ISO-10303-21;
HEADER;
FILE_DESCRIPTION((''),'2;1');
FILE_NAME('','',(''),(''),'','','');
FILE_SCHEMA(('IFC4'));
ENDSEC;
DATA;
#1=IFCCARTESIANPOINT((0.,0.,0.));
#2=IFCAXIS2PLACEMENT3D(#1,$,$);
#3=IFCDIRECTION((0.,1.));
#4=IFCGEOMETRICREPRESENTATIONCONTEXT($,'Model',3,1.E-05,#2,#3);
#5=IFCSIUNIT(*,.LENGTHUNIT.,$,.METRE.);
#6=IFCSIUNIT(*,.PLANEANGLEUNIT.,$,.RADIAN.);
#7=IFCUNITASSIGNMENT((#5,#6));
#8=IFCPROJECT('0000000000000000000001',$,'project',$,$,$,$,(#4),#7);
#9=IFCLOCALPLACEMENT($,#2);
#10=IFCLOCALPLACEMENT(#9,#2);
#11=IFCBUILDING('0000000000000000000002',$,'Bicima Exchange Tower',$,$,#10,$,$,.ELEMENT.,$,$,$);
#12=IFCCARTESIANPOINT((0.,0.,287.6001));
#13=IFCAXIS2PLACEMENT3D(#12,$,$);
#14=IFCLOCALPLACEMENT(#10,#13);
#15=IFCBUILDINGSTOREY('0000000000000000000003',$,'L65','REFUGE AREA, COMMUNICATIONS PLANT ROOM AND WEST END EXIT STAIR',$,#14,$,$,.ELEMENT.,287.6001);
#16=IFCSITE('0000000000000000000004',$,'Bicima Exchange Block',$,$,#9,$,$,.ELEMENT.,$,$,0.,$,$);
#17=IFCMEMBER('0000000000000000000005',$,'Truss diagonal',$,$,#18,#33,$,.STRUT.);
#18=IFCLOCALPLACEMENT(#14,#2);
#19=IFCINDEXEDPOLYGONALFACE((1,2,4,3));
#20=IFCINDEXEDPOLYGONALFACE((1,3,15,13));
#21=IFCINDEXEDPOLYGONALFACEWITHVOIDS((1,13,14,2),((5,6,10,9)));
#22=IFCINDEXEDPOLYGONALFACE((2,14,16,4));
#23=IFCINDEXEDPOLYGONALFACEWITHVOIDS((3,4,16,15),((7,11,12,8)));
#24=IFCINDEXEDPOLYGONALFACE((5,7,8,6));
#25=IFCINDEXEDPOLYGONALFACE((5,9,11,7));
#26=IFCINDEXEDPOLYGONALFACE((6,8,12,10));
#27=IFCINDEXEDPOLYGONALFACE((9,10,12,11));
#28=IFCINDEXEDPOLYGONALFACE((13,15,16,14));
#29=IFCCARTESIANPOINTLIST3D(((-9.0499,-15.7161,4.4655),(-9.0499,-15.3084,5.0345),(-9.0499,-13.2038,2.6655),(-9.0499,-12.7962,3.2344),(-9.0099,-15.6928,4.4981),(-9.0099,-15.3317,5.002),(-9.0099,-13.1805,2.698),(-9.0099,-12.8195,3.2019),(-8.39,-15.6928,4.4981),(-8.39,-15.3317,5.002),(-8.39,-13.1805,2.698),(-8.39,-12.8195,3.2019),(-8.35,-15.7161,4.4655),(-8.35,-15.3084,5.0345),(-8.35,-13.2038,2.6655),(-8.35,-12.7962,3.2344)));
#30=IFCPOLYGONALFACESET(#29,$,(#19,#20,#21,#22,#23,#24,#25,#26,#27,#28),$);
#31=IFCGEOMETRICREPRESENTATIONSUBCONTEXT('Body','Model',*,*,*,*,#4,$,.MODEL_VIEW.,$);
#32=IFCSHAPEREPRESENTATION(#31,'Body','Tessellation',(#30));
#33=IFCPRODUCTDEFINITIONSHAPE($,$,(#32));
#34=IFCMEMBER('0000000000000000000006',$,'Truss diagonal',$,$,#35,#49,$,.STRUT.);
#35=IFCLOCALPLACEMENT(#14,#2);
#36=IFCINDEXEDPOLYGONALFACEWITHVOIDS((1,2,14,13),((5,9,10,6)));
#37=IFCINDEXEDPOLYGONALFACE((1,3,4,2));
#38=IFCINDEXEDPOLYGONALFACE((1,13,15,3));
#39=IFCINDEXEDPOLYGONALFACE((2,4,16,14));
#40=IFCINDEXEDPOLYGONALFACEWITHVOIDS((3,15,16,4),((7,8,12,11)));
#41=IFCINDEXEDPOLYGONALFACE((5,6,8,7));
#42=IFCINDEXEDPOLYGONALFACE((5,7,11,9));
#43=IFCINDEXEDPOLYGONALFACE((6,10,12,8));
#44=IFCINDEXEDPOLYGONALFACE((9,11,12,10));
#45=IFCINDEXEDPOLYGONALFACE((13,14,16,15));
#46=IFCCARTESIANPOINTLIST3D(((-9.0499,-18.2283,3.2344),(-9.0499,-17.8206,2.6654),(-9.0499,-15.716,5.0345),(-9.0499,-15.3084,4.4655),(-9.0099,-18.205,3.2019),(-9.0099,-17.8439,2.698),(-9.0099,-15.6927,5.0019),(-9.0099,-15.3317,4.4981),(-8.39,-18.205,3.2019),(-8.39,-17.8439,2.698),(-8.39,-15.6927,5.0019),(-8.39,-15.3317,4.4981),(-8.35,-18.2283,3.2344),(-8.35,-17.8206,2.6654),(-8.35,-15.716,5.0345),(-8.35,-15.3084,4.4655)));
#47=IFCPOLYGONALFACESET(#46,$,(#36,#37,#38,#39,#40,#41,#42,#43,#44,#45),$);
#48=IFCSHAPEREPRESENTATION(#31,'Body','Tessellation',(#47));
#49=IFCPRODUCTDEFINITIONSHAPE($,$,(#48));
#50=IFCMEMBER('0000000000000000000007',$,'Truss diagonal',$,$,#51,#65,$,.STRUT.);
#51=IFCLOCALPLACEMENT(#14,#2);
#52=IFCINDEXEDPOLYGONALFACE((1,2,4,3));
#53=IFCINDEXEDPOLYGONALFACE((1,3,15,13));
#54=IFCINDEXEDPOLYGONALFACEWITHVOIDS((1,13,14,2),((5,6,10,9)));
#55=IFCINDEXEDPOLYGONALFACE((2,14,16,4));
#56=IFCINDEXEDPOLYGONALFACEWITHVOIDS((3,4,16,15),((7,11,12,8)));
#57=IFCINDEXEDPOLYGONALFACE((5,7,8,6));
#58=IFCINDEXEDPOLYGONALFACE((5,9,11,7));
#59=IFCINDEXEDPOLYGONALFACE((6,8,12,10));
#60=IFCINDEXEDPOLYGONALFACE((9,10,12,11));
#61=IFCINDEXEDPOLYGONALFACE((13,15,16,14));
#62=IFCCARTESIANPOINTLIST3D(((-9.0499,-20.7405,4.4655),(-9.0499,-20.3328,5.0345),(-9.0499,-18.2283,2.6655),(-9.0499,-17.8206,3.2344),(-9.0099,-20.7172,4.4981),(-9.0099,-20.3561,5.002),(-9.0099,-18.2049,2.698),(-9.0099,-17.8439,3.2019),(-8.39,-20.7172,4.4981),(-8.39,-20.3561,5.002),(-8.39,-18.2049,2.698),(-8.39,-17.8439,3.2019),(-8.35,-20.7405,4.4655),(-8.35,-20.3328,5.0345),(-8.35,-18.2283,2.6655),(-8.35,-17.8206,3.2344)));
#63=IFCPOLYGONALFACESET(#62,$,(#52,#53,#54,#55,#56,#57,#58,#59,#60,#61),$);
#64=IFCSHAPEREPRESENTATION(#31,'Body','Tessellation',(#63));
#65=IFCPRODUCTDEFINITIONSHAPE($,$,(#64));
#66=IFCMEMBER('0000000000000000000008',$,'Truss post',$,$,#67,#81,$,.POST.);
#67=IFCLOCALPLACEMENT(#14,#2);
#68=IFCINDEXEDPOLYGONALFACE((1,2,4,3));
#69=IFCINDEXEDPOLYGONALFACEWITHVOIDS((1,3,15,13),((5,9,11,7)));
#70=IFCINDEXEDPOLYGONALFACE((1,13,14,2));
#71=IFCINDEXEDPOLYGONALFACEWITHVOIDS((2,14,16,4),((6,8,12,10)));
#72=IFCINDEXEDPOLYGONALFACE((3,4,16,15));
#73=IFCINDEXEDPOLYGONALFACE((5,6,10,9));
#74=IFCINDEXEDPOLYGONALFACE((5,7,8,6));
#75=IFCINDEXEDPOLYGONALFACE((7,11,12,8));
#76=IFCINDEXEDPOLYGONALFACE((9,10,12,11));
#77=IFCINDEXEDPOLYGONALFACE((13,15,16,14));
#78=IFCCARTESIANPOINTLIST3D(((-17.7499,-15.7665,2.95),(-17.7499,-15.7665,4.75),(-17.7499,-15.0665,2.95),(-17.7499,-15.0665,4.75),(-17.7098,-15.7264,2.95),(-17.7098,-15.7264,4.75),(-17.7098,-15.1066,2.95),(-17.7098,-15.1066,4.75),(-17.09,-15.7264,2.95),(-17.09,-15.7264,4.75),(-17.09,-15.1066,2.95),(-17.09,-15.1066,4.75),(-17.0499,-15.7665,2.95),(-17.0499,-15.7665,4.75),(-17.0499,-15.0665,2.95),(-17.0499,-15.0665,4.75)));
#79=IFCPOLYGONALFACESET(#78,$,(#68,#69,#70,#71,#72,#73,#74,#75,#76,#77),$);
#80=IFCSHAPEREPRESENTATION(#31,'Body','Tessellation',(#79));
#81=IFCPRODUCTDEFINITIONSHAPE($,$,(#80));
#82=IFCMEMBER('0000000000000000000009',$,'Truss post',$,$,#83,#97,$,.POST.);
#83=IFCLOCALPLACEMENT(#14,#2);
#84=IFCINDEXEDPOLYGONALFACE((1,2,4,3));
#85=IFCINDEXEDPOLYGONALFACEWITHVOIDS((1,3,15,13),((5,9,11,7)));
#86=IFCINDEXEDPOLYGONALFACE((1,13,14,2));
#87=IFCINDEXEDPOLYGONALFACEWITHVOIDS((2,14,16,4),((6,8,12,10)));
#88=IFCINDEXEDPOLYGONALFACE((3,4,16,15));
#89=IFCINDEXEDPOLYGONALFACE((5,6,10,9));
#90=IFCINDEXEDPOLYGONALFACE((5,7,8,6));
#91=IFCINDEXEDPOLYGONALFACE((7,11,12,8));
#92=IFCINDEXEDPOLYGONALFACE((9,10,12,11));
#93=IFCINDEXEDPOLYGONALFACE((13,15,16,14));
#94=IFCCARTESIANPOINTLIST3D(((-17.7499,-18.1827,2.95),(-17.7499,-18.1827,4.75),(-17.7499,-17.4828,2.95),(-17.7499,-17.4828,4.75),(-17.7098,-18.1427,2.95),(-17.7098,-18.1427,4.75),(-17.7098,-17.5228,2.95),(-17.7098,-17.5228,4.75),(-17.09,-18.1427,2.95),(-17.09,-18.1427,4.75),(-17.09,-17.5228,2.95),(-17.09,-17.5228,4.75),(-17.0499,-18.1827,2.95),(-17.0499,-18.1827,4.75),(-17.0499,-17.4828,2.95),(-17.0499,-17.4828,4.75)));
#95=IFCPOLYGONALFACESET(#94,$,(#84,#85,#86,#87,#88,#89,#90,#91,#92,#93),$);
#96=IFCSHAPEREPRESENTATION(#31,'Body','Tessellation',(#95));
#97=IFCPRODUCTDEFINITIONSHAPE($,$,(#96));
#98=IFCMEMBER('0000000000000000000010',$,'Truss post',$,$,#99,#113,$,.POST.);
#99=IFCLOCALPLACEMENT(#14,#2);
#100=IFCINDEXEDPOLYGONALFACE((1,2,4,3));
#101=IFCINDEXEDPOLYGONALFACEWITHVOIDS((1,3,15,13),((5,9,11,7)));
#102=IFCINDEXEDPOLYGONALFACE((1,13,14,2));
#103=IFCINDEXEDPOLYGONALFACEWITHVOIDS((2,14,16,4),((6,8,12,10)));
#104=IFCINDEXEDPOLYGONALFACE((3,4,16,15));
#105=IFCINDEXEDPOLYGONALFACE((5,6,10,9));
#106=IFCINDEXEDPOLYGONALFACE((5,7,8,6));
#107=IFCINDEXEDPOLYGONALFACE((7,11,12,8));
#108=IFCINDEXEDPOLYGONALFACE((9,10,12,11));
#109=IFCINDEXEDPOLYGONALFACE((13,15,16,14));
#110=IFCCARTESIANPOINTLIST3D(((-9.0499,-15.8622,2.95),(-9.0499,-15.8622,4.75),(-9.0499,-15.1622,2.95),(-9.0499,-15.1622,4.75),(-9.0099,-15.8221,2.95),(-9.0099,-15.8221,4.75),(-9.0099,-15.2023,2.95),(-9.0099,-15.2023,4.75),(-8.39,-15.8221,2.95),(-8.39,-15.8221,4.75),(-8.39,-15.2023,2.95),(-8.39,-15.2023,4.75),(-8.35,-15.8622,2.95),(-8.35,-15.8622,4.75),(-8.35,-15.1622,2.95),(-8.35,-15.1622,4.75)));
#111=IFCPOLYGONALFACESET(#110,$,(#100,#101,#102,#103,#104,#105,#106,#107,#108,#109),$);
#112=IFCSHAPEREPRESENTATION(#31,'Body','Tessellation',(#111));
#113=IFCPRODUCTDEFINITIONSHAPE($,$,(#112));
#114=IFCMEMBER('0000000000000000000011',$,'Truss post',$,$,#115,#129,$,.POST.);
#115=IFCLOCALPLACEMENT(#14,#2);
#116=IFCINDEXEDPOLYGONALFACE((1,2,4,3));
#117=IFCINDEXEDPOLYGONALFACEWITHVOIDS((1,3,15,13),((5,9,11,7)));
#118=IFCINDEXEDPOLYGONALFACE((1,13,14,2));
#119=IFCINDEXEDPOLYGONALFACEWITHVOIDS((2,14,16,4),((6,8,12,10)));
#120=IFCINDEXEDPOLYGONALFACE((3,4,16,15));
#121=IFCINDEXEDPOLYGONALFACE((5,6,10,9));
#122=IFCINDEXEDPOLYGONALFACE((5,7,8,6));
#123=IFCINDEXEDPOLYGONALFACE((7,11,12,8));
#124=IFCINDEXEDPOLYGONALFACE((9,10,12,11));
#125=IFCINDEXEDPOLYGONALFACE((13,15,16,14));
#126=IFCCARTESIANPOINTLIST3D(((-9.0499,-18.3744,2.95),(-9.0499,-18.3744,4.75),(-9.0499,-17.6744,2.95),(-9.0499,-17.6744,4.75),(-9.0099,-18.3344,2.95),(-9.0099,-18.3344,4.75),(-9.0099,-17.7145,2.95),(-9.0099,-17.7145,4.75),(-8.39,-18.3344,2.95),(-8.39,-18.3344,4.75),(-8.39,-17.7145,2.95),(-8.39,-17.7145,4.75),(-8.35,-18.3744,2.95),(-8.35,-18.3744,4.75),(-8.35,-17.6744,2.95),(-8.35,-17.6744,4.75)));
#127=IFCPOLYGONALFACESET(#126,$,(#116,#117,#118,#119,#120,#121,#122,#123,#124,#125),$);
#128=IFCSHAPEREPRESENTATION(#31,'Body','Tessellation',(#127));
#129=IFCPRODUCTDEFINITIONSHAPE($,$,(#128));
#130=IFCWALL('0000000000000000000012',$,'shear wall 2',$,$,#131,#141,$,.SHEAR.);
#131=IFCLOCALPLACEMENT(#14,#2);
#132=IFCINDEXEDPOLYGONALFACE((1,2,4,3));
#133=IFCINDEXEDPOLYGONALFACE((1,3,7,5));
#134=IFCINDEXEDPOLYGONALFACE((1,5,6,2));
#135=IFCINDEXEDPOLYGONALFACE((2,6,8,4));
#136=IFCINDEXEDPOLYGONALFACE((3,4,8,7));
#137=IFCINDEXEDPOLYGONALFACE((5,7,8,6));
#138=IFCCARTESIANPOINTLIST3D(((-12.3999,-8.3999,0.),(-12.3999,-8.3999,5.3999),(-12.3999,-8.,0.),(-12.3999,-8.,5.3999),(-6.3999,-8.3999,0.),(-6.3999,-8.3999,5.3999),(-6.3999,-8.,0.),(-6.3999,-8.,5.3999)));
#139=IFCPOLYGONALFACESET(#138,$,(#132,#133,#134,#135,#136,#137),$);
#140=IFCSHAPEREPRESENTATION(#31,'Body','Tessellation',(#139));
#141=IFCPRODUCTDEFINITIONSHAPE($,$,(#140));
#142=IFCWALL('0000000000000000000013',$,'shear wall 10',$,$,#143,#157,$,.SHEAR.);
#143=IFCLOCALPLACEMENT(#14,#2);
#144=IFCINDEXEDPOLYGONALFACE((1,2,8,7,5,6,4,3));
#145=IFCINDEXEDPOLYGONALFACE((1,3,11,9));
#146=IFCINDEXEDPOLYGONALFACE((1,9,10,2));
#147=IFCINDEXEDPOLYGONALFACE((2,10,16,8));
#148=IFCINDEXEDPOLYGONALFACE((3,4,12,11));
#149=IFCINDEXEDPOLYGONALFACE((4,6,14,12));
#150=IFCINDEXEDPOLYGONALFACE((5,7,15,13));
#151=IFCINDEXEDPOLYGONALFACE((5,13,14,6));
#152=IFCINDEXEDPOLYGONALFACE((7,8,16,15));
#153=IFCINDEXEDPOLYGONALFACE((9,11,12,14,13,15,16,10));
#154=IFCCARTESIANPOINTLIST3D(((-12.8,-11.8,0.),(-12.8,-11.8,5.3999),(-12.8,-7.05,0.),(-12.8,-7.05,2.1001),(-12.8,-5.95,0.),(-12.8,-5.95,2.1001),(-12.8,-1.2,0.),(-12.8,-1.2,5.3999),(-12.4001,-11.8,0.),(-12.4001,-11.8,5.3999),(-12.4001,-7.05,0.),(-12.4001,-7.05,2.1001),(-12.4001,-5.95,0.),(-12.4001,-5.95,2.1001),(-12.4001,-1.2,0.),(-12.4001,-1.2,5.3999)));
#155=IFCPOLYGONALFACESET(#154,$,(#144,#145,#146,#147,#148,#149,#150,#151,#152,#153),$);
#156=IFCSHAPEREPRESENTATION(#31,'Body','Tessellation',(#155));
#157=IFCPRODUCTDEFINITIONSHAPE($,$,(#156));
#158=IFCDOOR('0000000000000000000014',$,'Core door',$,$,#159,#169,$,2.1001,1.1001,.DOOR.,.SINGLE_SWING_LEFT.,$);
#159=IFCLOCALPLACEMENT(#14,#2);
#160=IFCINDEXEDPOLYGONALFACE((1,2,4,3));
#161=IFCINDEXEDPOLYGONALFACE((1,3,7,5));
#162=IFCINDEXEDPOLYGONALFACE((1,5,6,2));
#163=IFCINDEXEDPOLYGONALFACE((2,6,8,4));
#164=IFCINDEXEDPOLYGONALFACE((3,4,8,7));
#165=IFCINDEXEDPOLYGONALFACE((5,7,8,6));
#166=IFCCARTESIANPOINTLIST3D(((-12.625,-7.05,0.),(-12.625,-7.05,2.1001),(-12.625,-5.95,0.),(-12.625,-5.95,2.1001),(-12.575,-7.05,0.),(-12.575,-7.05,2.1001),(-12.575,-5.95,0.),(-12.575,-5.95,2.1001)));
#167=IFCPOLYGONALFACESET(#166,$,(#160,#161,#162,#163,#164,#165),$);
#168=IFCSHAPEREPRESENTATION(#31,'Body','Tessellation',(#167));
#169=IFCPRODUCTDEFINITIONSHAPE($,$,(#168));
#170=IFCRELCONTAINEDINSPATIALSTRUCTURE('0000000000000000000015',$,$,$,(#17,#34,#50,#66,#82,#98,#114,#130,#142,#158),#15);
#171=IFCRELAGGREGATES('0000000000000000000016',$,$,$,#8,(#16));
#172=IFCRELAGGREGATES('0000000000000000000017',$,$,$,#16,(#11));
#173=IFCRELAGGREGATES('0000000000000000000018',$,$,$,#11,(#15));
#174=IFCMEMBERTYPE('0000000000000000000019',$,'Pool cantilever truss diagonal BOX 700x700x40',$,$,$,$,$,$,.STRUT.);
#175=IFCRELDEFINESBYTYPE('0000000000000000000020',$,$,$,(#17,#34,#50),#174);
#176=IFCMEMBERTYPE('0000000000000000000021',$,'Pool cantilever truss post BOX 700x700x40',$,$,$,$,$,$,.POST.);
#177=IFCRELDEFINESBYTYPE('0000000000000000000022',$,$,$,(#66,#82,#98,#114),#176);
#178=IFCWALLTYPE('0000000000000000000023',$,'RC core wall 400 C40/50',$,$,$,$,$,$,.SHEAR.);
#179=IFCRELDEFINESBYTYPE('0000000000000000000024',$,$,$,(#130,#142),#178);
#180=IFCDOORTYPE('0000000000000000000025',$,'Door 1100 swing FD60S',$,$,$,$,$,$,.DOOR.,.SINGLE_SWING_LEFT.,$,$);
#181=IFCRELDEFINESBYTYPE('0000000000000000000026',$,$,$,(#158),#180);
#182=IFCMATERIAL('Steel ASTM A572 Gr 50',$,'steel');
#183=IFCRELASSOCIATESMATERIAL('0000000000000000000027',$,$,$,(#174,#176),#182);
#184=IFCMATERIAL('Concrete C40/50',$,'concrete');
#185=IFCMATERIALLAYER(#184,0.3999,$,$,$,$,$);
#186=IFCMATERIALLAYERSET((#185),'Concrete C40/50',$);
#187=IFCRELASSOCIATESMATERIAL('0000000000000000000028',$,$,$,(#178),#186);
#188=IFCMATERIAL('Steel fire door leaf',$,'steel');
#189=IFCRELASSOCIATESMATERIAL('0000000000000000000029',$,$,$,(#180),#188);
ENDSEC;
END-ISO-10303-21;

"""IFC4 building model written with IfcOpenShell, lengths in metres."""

from ifc_helpers import new_model, si_unit, direction, frame, frame_2d, origin, origin_2d, place, context, subcontext, project, spatial, rectangle, hollow_rectangle, extrude, material, layer, layer_set, material_profile, profile_set, type_object, element, fill, save


model = new_model("IFC4")

# Units and contexts
model_context = context("Model", 3, precision=1e-05, world=origin(), true_north=direction((0.0, 1.0)))
body_context = subcontext(model_context, "Body", "Model", "MODEL_VIEW")
ifc_project = project(units=[si_unit("LENGTHUNIT", "METRE"), si_unit("PLANEANGLEUNIT", "RADIAN")], contexts=[model_context])

# Site, building, storey
site_placement = place(None, origin())
site = spatial("IfcSite", under=ifc_project, at=site_placement, Name="Bicima Exchange Block", CompositionType="ELEMENT", RefElevation=0.0)
building_placement = place(site_placement, origin())
building = spatial("IfcBuilding", under=site, at=building_placement, Name="Bicima Exchange Tower", CompositionType="ELEMENT")
storey_placement = place(building_placement, frame((0.0, 0.0, 287.6001)))
storey = spatial("IfcBuildingStorey", under=building, at=storey_placement, Name="L65", Description="REFUGE AREA, COMMUNICATIONS PLANT ROOM AND WEST END EXIT STAIR", CompositionType="ELEMENT", Elevation=287.6001)

# Members
ifc_material_1 = material(Name="Steel ASTM A572 Gr 50", Category="steel")
ifc_material_profile_1 = material_profile(ifc_material_1, hollow_rectangle(XDim=0.7, YDim=0.7, WallThickness=0.04, at=origin_2d()))
ifc_profile_set_1 = profile_set([ifc_material_profile_1], Name="Steel ASTM A572 Gr 50")
member_type_1 = type_object("IfcMemberType", Name="Pool cantilever truss diagonal BOX 700x700x40", PredefinedType="STRUT", material=ifc_profile_set_1)
for number, where, z_axis, x_axis, name in (
    (1, (-8.7, -13.0, 2.95), (0.0, -0.812873, 0.582441), (1.0, 0.0, 0.0), "Truss diagonal"),
    (2, (-8.7, -15.5122, 4.75), (0.0, -0.812873, -0.582441), (1.0, 0.0, 0.0), "Truss diagonal"),
    (3, (-8.7, -18.0244, 2.95), (0.0, -0.812873, 0.582441), (1.0, 0.0, 0.0), "Truss diagonal"),
):
    element("IfcMember", number, at=place(storey_placement, frame(where, z_axis=z_axis, x_axis=x_axis)), inside=storey, type_object=member_type_1, Name=name, PredefinedType="STRUT", context=body_context, shape_type="SweptSolid", body=[
        extrude(hollow_rectangle(XDim=0.7, YDim=0.7, WallThickness=0.04, at=origin_2d()), origin(), (0.0, 0.0, 1.0), 3.0906),
    ])
member_type_2 = type_object("IfcMemberType", Name="Pool cantilever truss post BOX 700x700x40", PredefinedType="POST", material=ifc_profile_set_1)
for number, where, z_axis, x_axis, name in (
    (4, (-17.3999, -15.4165, 2.95), (0.0, 0.0, 1.0), (1.0, 0.0, 0.0), "Truss post"),
    (5, (-17.3999, -17.8328, 2.95), (0.0, 0.0, 1.0), (1.0, 0.0, 0.0), "Truss post"),
    (6, (-8.7, -15.5122, 2.95), (0.0, 0.0, 1.0), (1.0, 0.0, 0.0), "Truss post"),
    (7, (-8.7, -18.0244, 2.95), (0.0, 0.0, 1.0), (1.0, 0.0, 0.0), "Truss post"),
):
    element("IfcMember", number, at=place(storey_placement, frame(where, z_axis=z_axis, x_axis=x_axis)), inside=storey, type_object=member_type_2, Name=name, PredefinedType="POST", context=body_context, shape_type="SweptSolid", body=[
        extrude(hollow_rectangle(XDim=0.7, YDim=0.7, WallThickness=0.04, at=origin_2d()), origin(), (0.0, 0.0, 1.0), 1.8),
    ])

# Wall
ifc_material_2 = material(Name="Concrete C40/50", Category="concrete")
ifc_layer_1 = layer(ifc_material_2, 0.3999)
ifc_layer_set_1 = layer_set([ifc_layer_1], Name="Concrete C40/50")
wall_type_1 = type_object("IfcWallType", Name="RC core wall 400 C40/50", PredefinedType="SHEAR", material=ifc_layer_set_1)
wall_1_placement = place(storey_placement, frame((-12.3999, -8.2, 0.0), z_axis=(0.0, 0.0, 1.0), x_axis=(1.0, 0.0, 0.0)))
element("IfcWall", 8, at=wall_1_placement, inside=storey, type_object=wall_type_1, Name="shear wall 2", PredefinedType="SHEAR", context=body_context, shape_type="SweptSolid", body=[
    extrude(rectangle(XDim=6.0, YDim=0.3999, at=frame_2d((3.0, 0.0))), origin(), (0.0, 0.0, 1.0), 5.3999),
])

# Wall, opening, door
wall_2_placement = place(storey_placement, frame((-12.6001, -11.8, 0.0), z_axis=(0.0, 0.0, 1.0), x_axis=(0.0, 1.0, 0.0)))
wall_2 = element("IfcWall", 9, at=wall_2_placement, inside=storey, type_object=wall_type_1, Name="shear wall 10", PredefinedType="SHEAR", context=body_context, shape_type="SweptSolid", body=[
    extrude(rectangle(XDim=10.6001, YDim=0.3999, at=frame_2d((5.3, 0.0))), origin(), (0.0, 0.0, 1.0), 5.3999),
])
opening_1_placement = place(wall_2_placement, frame((4.75, 0.0, 0.0)))
opening_1 = element("IfcOpeningElement", 10, at=opening_1_placement, cuts=wall_2, PredefinedType="OPENING", context=body_context, shape_type="SweptSolid", body=[
    extrude(rectangle(XDim=1.1001, YDim=2.1001, at=frame_2d((0.55, 1.05))), frame((0.0, 0.2119, 0.0), z_axis=(0.0, -1.0, 0.0), x_axis=(1.0, 0.0, 0.0)), (0.0, 0.0, 1.0), 0.4238),
])
ifc_material_3 = material(Name="Steel fire door leaf", Category="steel")
door_type = type_object("IfcDoorType", Name="Door 1100 swing FD60S", OperationType="SINGLE_SWING_LEFT", PredefinedType="DOOR", material=ifc_material_3)
door_1_placement = place(opening_1_placement, origin())
door_1 = element("IfcDoor", 11, at=door_1_placement, inside=storey, type_object=door_type, Name="Core door", OperationType="SINGLE_SWING_LEFT", OverallHeight=2.1001, OverallWidth=1.1001, PredefinedType="DOOR", context=body_context, shape_type="SweptSolid", body=[
    extrude(rectangle(XDim=1.1001, YDim=2.1001, at=frame_2d((0.55, 1.05))), frame((0.0, 0.0249, 0.0), z_axis=(0.0, -1.0, 0.0), x_axis=(1.0, 0.0, 0.0)), (0.0, 0.0, 1.0), 0.05),
])
fill(opening_1, door_1)

save(model, "model.ifc")
